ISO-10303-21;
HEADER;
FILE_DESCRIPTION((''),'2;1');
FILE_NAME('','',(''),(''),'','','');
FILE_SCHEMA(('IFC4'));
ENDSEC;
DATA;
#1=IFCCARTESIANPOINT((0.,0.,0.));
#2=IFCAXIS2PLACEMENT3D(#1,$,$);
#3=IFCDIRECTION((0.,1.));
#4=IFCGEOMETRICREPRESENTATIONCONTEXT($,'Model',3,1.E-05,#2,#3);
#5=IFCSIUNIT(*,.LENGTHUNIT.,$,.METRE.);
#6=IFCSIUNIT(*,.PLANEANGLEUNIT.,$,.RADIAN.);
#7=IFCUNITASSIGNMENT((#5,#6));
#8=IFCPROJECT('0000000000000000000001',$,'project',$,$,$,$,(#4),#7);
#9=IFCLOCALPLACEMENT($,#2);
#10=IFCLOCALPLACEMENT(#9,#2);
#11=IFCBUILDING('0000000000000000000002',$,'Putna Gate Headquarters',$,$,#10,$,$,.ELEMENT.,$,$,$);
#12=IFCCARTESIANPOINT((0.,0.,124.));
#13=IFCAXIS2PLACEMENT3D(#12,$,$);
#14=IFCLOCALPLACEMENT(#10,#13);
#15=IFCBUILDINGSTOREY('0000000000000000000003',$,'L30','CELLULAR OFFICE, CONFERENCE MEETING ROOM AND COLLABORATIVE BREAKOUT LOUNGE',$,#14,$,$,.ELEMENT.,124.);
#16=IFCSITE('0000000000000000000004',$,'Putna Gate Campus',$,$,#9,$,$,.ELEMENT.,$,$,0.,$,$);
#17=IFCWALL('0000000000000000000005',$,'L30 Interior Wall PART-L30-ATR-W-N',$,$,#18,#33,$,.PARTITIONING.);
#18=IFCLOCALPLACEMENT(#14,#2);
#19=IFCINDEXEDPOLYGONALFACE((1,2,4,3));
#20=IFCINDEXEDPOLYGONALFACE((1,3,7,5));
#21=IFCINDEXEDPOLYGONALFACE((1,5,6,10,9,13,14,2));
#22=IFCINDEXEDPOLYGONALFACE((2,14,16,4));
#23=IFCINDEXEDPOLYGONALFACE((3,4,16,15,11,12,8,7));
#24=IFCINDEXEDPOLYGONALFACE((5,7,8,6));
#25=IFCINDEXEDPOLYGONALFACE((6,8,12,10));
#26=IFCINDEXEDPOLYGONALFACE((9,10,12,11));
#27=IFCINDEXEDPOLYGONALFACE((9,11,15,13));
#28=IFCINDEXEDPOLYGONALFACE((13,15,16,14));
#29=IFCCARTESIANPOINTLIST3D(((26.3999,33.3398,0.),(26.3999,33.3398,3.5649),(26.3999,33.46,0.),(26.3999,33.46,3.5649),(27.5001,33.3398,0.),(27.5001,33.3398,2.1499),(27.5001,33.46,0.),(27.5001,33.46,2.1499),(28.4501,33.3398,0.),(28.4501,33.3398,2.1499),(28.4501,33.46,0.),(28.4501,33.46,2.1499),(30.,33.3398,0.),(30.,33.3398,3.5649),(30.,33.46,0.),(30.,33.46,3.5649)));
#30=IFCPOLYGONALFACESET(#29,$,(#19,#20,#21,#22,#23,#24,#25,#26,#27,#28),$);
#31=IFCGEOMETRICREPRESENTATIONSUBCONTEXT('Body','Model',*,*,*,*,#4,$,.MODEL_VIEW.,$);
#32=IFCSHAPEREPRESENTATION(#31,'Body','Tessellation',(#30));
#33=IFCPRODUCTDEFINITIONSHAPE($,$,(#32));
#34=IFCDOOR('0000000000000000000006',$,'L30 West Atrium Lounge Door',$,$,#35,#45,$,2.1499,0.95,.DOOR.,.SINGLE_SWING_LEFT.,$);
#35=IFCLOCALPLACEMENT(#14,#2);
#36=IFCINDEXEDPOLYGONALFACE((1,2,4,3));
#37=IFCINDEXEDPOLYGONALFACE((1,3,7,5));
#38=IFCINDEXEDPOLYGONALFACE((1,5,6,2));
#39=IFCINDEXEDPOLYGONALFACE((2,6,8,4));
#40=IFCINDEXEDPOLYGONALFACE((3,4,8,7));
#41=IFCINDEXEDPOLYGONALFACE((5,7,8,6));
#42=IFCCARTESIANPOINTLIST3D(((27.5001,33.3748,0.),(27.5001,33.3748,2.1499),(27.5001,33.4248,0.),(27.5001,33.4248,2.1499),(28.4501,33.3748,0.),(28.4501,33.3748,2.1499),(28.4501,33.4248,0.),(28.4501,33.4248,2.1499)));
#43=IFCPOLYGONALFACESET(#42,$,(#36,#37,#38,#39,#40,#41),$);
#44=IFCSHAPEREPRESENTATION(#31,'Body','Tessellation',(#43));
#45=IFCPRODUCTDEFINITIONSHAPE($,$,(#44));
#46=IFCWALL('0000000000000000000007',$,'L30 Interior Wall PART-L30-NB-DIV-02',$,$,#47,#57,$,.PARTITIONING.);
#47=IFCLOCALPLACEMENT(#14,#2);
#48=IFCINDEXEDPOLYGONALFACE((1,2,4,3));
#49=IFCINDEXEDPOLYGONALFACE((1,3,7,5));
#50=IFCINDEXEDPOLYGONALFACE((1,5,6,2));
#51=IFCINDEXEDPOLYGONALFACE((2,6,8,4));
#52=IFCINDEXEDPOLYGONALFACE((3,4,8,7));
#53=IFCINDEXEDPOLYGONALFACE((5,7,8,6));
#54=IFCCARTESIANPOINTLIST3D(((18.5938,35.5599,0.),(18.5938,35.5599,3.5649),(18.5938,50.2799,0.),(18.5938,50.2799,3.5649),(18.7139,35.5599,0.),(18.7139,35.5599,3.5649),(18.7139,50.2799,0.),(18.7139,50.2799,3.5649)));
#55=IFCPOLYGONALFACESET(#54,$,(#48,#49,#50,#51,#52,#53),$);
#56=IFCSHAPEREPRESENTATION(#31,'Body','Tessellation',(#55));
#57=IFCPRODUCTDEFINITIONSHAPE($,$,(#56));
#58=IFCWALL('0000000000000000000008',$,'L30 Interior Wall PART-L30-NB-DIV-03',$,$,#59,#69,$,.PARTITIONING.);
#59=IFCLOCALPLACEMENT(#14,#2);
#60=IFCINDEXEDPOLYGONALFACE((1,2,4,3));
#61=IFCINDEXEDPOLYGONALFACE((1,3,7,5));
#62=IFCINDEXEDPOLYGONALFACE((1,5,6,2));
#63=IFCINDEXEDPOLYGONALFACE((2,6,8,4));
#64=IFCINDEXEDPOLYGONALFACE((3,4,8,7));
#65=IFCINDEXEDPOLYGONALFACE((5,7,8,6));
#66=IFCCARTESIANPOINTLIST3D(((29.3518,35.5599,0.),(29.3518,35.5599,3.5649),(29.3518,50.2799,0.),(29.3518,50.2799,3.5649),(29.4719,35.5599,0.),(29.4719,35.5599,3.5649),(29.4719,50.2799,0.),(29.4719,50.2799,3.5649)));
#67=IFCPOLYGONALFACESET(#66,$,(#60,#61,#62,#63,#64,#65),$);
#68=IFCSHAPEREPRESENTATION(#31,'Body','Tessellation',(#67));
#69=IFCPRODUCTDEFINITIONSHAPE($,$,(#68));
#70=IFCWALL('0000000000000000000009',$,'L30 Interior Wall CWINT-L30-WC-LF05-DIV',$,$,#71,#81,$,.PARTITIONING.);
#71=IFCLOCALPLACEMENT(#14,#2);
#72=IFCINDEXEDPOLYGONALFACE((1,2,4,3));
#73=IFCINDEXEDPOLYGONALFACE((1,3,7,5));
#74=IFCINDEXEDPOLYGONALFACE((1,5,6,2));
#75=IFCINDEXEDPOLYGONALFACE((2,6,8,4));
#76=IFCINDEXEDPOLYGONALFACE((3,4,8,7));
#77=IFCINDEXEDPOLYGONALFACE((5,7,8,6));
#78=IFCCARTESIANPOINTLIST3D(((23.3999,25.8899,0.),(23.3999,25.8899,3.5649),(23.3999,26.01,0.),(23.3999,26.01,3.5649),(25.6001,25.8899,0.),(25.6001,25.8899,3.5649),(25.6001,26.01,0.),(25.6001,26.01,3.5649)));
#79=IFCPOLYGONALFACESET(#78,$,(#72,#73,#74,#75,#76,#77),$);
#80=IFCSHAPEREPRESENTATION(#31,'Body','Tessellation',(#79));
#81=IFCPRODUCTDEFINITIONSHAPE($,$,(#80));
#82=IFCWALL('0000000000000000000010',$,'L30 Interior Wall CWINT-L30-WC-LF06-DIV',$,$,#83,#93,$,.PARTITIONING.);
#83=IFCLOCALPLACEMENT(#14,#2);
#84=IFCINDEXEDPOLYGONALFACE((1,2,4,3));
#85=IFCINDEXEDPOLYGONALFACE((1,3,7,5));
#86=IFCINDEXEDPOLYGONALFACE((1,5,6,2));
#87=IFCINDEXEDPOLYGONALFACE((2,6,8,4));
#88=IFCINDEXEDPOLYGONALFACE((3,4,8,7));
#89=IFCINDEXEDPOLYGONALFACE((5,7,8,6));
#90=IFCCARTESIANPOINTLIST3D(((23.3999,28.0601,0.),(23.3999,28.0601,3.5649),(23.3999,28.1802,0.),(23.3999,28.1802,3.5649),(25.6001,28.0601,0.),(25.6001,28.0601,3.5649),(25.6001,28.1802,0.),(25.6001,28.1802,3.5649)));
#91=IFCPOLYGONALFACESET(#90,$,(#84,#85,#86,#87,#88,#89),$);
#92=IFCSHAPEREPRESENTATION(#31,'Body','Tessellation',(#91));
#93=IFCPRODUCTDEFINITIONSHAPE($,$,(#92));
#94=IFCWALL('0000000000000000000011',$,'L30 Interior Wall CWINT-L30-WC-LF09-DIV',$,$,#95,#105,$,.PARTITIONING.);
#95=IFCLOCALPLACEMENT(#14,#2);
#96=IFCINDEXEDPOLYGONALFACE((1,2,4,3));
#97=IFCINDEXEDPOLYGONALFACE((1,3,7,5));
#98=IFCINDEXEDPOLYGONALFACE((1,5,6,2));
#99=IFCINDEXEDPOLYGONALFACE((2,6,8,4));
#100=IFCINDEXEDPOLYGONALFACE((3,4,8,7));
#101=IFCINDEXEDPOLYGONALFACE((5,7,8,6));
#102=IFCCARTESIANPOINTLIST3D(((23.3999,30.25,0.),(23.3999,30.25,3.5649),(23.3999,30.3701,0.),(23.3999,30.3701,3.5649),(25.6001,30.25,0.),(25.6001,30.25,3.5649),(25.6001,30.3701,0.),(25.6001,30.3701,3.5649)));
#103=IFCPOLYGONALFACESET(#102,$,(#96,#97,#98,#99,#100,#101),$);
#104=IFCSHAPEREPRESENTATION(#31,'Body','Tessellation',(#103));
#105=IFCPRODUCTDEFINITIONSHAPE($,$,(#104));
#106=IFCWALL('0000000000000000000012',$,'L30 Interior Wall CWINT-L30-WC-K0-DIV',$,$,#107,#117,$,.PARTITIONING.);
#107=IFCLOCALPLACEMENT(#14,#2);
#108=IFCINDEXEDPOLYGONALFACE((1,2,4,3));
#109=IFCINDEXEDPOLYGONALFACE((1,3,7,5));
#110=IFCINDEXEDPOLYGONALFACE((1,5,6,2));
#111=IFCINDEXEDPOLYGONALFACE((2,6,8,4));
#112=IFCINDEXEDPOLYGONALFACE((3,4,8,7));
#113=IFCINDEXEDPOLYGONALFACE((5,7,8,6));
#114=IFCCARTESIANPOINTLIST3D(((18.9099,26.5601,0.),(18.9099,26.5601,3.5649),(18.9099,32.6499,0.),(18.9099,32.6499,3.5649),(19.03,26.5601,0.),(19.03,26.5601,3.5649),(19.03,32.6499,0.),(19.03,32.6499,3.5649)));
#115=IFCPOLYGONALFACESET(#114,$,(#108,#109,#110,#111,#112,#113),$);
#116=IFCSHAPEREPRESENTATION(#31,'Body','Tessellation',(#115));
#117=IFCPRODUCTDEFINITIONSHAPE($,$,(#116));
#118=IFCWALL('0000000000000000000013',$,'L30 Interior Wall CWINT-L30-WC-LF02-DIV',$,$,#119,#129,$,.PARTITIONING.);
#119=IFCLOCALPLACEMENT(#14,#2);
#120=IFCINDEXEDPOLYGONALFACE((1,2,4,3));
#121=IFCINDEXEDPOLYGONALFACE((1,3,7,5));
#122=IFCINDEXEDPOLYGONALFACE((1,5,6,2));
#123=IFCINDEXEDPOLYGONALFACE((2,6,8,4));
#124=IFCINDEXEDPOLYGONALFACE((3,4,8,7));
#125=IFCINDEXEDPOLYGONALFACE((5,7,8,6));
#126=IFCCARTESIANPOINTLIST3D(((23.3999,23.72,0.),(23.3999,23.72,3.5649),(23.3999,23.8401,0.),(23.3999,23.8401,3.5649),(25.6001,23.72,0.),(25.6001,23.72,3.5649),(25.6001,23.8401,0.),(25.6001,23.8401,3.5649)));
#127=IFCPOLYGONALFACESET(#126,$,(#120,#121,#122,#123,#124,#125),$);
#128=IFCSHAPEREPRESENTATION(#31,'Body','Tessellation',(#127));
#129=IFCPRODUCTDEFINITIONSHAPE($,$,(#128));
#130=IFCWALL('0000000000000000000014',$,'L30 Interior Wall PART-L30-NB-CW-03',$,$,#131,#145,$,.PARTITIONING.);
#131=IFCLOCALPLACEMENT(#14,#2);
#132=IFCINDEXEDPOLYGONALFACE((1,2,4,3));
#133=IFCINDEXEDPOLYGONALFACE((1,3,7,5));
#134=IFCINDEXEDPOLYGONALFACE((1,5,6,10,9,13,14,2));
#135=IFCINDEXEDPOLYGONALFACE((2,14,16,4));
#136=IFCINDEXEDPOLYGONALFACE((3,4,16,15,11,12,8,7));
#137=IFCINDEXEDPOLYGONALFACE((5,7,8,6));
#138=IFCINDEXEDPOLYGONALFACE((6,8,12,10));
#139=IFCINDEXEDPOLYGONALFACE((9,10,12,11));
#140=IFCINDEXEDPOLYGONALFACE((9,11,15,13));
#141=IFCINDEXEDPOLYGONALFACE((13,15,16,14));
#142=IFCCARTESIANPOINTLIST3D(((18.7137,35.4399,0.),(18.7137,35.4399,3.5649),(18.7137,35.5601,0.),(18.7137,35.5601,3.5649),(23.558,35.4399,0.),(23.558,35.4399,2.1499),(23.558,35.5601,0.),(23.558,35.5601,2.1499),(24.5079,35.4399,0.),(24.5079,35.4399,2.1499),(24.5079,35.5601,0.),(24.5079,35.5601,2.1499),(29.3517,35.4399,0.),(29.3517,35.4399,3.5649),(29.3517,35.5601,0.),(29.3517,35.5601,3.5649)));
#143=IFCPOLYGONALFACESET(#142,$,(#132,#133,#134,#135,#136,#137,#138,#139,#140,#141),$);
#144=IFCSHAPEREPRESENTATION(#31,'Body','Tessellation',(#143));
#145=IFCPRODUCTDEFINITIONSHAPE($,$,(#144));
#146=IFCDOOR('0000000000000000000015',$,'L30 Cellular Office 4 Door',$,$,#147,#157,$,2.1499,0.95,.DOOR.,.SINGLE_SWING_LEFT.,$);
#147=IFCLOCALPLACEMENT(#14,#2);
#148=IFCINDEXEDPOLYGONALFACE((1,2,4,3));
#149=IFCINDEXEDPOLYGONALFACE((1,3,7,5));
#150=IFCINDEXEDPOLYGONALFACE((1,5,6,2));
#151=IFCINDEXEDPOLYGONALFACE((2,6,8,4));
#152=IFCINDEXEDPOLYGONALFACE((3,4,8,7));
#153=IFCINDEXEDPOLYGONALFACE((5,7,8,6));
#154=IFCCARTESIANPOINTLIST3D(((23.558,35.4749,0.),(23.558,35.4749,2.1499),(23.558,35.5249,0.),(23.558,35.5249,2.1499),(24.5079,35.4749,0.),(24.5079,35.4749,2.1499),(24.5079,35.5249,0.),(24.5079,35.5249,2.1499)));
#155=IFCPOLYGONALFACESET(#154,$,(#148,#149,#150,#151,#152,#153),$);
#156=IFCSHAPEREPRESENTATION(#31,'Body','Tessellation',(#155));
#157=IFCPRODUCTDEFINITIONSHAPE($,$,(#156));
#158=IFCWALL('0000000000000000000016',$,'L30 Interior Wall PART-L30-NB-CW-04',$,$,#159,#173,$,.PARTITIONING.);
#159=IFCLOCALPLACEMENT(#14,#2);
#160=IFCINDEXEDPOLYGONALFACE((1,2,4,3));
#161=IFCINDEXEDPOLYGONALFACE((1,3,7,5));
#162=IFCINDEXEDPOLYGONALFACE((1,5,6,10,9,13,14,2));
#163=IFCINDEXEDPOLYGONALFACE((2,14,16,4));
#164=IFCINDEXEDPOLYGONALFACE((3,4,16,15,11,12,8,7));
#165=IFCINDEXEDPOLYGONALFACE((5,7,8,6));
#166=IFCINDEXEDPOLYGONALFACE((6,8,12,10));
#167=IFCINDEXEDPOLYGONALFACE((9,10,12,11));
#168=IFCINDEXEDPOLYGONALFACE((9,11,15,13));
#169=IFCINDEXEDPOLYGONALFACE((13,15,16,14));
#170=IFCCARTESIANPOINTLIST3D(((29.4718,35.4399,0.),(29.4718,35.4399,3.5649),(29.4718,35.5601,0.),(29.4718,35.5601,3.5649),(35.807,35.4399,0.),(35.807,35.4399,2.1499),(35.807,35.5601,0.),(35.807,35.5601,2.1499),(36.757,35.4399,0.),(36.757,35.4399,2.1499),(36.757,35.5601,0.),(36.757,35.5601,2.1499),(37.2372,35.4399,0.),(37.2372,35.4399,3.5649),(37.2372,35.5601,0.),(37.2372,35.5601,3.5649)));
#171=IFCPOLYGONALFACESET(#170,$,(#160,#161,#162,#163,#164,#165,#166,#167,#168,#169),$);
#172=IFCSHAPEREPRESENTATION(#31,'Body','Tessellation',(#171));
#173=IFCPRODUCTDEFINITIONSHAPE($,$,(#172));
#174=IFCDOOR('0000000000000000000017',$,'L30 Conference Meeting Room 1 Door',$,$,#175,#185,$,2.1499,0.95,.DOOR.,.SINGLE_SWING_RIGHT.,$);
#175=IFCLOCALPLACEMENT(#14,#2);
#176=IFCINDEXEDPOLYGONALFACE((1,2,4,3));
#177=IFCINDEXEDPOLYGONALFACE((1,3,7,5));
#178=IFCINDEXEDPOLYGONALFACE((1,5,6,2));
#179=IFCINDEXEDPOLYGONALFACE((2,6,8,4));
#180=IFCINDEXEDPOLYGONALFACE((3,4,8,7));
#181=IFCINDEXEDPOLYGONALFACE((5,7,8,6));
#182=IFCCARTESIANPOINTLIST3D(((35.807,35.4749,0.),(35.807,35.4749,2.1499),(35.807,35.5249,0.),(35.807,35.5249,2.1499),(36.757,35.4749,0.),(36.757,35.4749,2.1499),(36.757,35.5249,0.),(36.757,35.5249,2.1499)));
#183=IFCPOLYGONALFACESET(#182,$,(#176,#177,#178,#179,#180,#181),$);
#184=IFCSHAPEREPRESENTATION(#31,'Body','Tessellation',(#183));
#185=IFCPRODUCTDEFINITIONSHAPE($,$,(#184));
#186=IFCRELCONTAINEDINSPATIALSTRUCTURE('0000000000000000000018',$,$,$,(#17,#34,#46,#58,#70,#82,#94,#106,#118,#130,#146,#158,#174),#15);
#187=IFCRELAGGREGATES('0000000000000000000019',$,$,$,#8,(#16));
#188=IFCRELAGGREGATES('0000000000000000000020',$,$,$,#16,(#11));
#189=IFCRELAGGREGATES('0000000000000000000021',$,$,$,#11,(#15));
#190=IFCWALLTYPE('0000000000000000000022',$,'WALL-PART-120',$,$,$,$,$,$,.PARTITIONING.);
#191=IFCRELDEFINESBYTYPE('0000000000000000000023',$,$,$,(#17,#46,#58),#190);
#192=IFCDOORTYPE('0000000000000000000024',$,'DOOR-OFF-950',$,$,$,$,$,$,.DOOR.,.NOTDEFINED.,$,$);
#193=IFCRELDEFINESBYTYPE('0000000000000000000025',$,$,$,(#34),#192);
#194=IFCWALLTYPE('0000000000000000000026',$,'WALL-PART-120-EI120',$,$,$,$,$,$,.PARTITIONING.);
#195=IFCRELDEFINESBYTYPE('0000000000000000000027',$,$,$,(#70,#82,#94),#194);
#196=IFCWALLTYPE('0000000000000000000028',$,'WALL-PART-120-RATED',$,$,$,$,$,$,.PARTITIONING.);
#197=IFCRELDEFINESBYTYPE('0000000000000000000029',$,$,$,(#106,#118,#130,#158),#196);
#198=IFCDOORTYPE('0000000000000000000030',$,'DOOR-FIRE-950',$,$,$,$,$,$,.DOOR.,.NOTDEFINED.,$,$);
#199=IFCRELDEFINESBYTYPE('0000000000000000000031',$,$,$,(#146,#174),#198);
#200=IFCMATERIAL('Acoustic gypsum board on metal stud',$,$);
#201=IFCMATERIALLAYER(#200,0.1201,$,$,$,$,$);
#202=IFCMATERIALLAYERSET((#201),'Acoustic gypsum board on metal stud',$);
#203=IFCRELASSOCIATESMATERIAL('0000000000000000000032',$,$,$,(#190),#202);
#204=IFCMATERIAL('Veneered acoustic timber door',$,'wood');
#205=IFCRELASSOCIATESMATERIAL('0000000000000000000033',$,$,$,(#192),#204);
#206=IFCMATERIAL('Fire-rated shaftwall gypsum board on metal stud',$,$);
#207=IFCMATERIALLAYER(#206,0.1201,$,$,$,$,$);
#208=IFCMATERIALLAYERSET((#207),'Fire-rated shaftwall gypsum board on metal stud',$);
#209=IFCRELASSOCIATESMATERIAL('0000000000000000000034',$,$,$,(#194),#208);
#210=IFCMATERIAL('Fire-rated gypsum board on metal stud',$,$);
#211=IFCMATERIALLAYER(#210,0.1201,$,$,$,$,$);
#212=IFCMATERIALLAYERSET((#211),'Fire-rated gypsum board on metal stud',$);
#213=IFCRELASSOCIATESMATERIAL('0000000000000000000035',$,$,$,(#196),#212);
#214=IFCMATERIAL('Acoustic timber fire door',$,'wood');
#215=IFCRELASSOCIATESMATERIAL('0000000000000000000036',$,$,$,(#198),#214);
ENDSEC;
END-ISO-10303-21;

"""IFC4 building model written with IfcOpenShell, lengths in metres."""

from ifc_helpers import new_model, si_unit, direction, frame, frame_2d, origin, place, context, subcontext, project, spatial, rectangle, extrude, material, layer, layer_set, type_object, element, fill, save


model = new_model("IFC4")

# Units and contexts
model_context = context("Model", 3, precision=1e-05, world=origin(), true_north=direction((0.0, 1.0)))
body_context = subcontext(model_context, "Body", "Model", "MODEL_VIEW")
ifc_project = project(units=[si_unit("LENGTHUNIT", "METRE"), si_unit("PLANEANGLEUNIT", "RADIAN")], contexts=[model_context])

# Site, building, storey
site_placement = place(None, origin())
site = spatial("IfcSite", under=ifc_project, at=site_placement, Name="Putna Gate Campus", CompositionType="ELEMENT", RefElevation=0.0)
building_placement = place(site_placement, origin())
building = spatial("IfcBuilding", under=site, at=building_placement, Name="Putna Gate Headquarters", CompositionType="ELEMENT")
storey_placement = place(building_placement, frame((0.0, 0.0, 124.0)))
storey = spatial("IfcBuildingStorey", under=building, at=storey_placement, Name="L30", Description="CELLULAR OFFICE, CONFERENCE MEETING ROOM AND COLLABORATIVE BREAKOUT LOUNGE", CompositionType="ELEMENT", Elevation=124.0)

# Wall, opening, door
ifc_material_1 = material(Name="Acoustic gypsum board on metal stud")
ifc_layer_1 = layer(ifc_material_1, 0.1201)
ifc_layer_set_1 = layer_set([ifc_layer_1], Name="Acoustic gypsum board on metal stud")
wall_type_1 = type_object("IfcWallType", Name="WALL-PART-120", PredefinedType="PARTITIONING", material=ifc_layer_set_1)
wall_1_placement = place(storey_placement, frame((26.3999, 33.3999, 0.0), z_axis=(0.0, 0.0, 1.0), x_axis=(1.0, 0.0, 0.0)))
wall_1 = element("IfcWall", 1, at=wall_1_placement, inside=storey, type_object=wall_type_1, Name="L30 Interior Wall PART-L30-ATR-W-N", PredefinedType="PARTITIONING", context=body_context, shape_type="SweptSolid", body=[
    extrude(rectangle(XDim=3.6001, YDim=0.1201, at=frame_2d((1.8, 0.0))), origin(), (0.0, 0.0, 1.0), 3.5649),
])
opening_1_placement = place(wall_1_placement, frame((1.1001, 0.0, 0.0)))
opening_1 = element("IfcOpeningElement", 2, at=opening_1_placement, cuts=wall_1, PredefinedType="OPENING", context=body_context, shape_type="SweptSolid", body=[
    extrude(rectangle(XDim=0.95, YDim=2.1499, at=frame_2d((0.4751, 1.075))), frame((0.0, 0.0701, 0.0), z_axis=(0.0, -1.0, 0.0), x_axis=(1.0, 0.0, 0.0)), (0.0, 0.0, 1.0), 0.1401),
])
ifc_material_2 = material(Name="Veneered acoustic timber door", Category="wood")
door_type_1 = type_object("IfcDoorType", Name="DOOR-OFF-950", OperationType="NOTDEFINED", PredefinedType="DOOR", material=ifc_material_2)
door_1_placement = place(opening_1_placement, origin())
door_1 = element("IfcDoor", 3, at=door_1_placement, inside=storey, type_object=door_type_1, Name="L30 West Atrium Lounge Door", OperationType="SINGLE_SWING_LEFT", OverallHeight=2.1499, OverallWidth=0.95, PredefinedType="DOOR", context=body_context, shape_type="SweptSolid", body=[
    extrude(rectangle(XDim=0.95, YDim=2.1499, at=frame_2d((0.4751, 1.075))), frame((0.0, 0.0249, 0.0), z_axis=(0.0, -1.0, 0.0), x_axis=(1.0, 0.0, 0.0)), (0.0, 0.0, 1.0), 0.05),
])
fill(opening_1, door_1)

# Walls
for number, where, z_axis, x_axis, name in (
    (4, (18.6538, 35.5601, 0.0), (0.0, 0.0, 1.0), (0.0, 1.0, 0.0), "L30 Interior Wall PART-L30-NB-DIV-02"),
    (5, (29.4119, 35.5601, 0.0), (0.0, 0.0, 1.0), (0.0, 1.0, 0.0), "L30 Interior Wall PART-L30-NB-DIV-03"),
):
    element("IfcWall", number, at=place(storey_placement, frame(where, z_axis=z_axis, x_axis=x_axis)), inside=storey, type_object=wall_type_1, Name=name, PredefinedType="PARTITIONING", context=body_context, shape_type="SweptSolid", body=[
        extrude(rectangle(XDim=14.72, YDim=0.1201, at=frame_2d((7.3599, 0.0))), origin(), (0.0, 0.0, 1.0), 3.5649),
    ])
ifc_material_3 = material(Name="Fire-rated shaftwall gypsum board on metal stud")
ifc_layer_2 = layer(ifc_material_3, 0.1201)
ifc_layer_set_2 = layer_set([ifc_layer_2], Name="Fire-rated shaftwall gypsum board on metal stud")
wall_type_2 = type_object("IfcWallType", Name="WALL-PART-120-EI120", PredefinedType="PARTITIONING", material=ifc_layer_set_2)
for number, where, z_axis, x_axis, name in (
    (6, (23.3999, 25.95, 0.0), (0.0, 0.0, 1.0), (1.0, 0.0, 0.0), "L30 Interior Wall CWINT-L30-WC-LF05-DIV"),
    (7, (23.3999, 28.1201, 0.0), (0.0, 0.0, 1.0), (1.0, 0.0, 0.0), "L30 Interior Wall CWINT-L30-WC-LF06-DIV"),
    (8, (23.3999, 30.3101, 0.0), (0.0, 0.0, 1.0), (1.0, 0.0, 0.0), "L30 Interior Wall CWINT-L30-WC-LF09-DIV"),
):
    element("IfcWall", number, at=place(storey_placement, frame(where, z_axis=z_axis, x_axis=x_axis)), inside=storey, type_object=wall_type_2, Name=name, PredefinedType="PARTITIONING", context=body_context, shape_type="SweptSolid", body=[
        extrude(rectangle(XDim=2.2002, YDim=0.1201, at=frame_2d((1.1001, 0.0))), origin(), (0.0, 0.0, 1.0), 3.5649),
    ])
ifc_material_4 = material(Name="Fire-rated gypsum board on metal stud")
ifc_layer_3 = layer(ifc_material_4, 0.1201)
ifc_layer_set_3 = layer_set([ifc_layer_3], Name="Fire-rated gypsum board on metal stud")
wall_type_3 = type_object("IfcWallType", Name="WALL-PART-120-RATED", PredefinedType="PARTITIONING", material=ifc_layer_set_3)
wall_2_placement = place(storey_placement, frame((18.97, 26.5601, 0.0), z_axis=(0.0, 0.0, 1.0), x_axis=(0.0, 1.0, 0.0)))
element("IfcWall", 9, at=wall_2_placement, inside=storey, type_object=wall_type_3, Name="L30 Interior Wall CWINT-L30-WC-K0-DIV", PredefinedType="PARTITIONING", context=body_context, shape_type="SweptSolid", body=[
    extrude(rectangle(XDim=6.0898, YDim=0.1201, at=frame_2d((3.0449, 0.0))), origin(), (0.0, 0.0, 1.0), 3.5649),
])
wall_3_placement = place(storey_placement, frame((23.3999, 23.78, 0.0), z_axis=(0.0, 0.0, 1.0), x_axis=(1.0, 0.0, 0.0)))
element("IfcWall", 10, at=wall_3_placement, inside=storey, type_object=wall_type_3, Name="L30 Interior Wall CWINT-L30-WC-LF02-DIV", PredefinedType="PARTITIONING", context=body_context, shape_type="SweptSolid", body=[
    extrude(rectangle(XDim=2.2002, YDim=0.1201, at=frame_2d((1.1001, 0.0))), origin(), (0.0, 0.0, 1.0), 3.5649),
])

# Walls, openings, doors
wall_4_placement = place(storey_placement, frame((18.7139, 35.5, 0.0), z_axis=(0.0, 0.0, 1.0), x_axis=(1.0, 0.0, 0.0)))
wall_4 = element("IfcWall", 11, at=wall_4_placement, inside=storey, type_object=wall_type_3, Name="L30 Interior Wall PART-L30-NB-CW-03", PredefinedType="PARTITIONING", context=body_context, shape_type="SweptSolid", body=[
    extrude(rectangle(XDim=10.6379, YDim=0.1201, at=frame_2d((5.3188, 0.0))), origin(), (0.0, 0.0, 1.0), 3.5649),
])
opening_2_placement = place(wall_4_placement, frame((4.844, 0.0, 0.0)))
opening_2 = element("IfcOpeningElement", 12, at=opening_2_placement, cuts=wall_4, PredefinedType="OPENING", context=body_context, shape_type="SweptSolid", body=[
    extrude(rectangle(XDim=0.95, YDim=2.1499, at=frame_2d((0.4751, 1.075))), frame((0.0, 0.0701, 0.0), z_axis=(0.0, -1.0, 0.0), x_axis=(1.0, 0.0, 0.0)), (0.0, 0.0, 1.0), 0.1401),
])
ifc_material_5 = material(Name="Acoustic timber fire door", Category="wood")
door_type_2 = type_object("IfcDoorType", Name="DOOR-FIRE-950", OperationType="NOTDEFINED", PredefinedType="DOOR", material=ifc_material_5)
door_2_placement = place(opening_2_placement, origin())
door_2 = element("IfcDoor", 13, at=door_2_placement, inside=storey, type_object=door_type_2, Name="L30 Cellular Office 4 Door", OperationType="SINGLE_SWING_LEFT", OverallHeight=2.1499, OverallWidth=0.95, PredefinedType="DOOR", context=body_context, shape_type="SweptSolid", body=[
    extrude(rectangle(XDim=0.95, YDim=2.1499, at=frame_2d((0.4751, 1.075))), frame((0.0, 0.0249, 0.0), z_axis=(0.0, -1.0, 0.0), x_axis=(1.0, 0.0, 0.0)), (0.0, 0.0, 1.0), 0.05),
])
fill(opening_2, door_2)
wall_5_placement = place(storey_placement, frame((29.4717, 35.5, 0.0), z_axis=(0.0, 0.0, 1.0), x_axis=(1.0, 0.0, 0.0)))
wall_5 = element("IfcWall", 14, at=wall_5_placement, inside=storey, type_object=wall_type_3, Name="L30 Interior Wall PART-L30-NB-CW-04", PredefinedType="PARTITIONING", context=body_context, shape_type="SweptSolid", body=[
    extrude(rectangle(XDim=7.7654, YDim=0.1201, at=frame_2d((3.8828, 0.0))), origin(), (0.0, 0.0, 1.0), 3.5649),
])
opening_3_placement = place(wall_5_placement, frame((6.3352, 0.0, 0.0)))
opening_3 = element("IfcOpeningElement", 15, at=opening_3_placement, cuts=wall_5, PredefinedType="OPENING", context=body_context, shape_type="SweptSolid", body=[
    extrude(rectangle(XDim=0.95, YDim=2.1499, at=frame_2d((0.4751, 1.075))), frame((0.0, 0.0701, 0.0), z_axis=(0.0, -1.0, 0.0), x_axis=(1.0, 0.0, 0.0)), (0.0, 0.0, 1.0), 0.1401),
])
door_3_placement = place(opening_3_placement, origin())
door_3 = element("IfcDoor", 16, at=door_3_placement, inside=storey, type_object=door_type_2, Name="L30 Conference Meeting Room 1 Door", OperationType="SINGLE_SWING_RIGHT", OverallHeight=2.1499, OverallWidth=0.95, PredefinedType="DOOR", context=body_context, shape_type="SweptSolid", body=[
    extrude(rectangle(XDim=0.95, YDim=2.1499, at=frame_2d((0.4751, 1.075))), frame((0.0, 0.0249, 0.0), z_axis=(0.0, -1.0, 0.0), x_axis=(1.0, 0.0, 0.0)), (0.0, 0.0, 1.0), 0.05),
])
fill(opening_3, door_3)

save(model, "model.ifc")
